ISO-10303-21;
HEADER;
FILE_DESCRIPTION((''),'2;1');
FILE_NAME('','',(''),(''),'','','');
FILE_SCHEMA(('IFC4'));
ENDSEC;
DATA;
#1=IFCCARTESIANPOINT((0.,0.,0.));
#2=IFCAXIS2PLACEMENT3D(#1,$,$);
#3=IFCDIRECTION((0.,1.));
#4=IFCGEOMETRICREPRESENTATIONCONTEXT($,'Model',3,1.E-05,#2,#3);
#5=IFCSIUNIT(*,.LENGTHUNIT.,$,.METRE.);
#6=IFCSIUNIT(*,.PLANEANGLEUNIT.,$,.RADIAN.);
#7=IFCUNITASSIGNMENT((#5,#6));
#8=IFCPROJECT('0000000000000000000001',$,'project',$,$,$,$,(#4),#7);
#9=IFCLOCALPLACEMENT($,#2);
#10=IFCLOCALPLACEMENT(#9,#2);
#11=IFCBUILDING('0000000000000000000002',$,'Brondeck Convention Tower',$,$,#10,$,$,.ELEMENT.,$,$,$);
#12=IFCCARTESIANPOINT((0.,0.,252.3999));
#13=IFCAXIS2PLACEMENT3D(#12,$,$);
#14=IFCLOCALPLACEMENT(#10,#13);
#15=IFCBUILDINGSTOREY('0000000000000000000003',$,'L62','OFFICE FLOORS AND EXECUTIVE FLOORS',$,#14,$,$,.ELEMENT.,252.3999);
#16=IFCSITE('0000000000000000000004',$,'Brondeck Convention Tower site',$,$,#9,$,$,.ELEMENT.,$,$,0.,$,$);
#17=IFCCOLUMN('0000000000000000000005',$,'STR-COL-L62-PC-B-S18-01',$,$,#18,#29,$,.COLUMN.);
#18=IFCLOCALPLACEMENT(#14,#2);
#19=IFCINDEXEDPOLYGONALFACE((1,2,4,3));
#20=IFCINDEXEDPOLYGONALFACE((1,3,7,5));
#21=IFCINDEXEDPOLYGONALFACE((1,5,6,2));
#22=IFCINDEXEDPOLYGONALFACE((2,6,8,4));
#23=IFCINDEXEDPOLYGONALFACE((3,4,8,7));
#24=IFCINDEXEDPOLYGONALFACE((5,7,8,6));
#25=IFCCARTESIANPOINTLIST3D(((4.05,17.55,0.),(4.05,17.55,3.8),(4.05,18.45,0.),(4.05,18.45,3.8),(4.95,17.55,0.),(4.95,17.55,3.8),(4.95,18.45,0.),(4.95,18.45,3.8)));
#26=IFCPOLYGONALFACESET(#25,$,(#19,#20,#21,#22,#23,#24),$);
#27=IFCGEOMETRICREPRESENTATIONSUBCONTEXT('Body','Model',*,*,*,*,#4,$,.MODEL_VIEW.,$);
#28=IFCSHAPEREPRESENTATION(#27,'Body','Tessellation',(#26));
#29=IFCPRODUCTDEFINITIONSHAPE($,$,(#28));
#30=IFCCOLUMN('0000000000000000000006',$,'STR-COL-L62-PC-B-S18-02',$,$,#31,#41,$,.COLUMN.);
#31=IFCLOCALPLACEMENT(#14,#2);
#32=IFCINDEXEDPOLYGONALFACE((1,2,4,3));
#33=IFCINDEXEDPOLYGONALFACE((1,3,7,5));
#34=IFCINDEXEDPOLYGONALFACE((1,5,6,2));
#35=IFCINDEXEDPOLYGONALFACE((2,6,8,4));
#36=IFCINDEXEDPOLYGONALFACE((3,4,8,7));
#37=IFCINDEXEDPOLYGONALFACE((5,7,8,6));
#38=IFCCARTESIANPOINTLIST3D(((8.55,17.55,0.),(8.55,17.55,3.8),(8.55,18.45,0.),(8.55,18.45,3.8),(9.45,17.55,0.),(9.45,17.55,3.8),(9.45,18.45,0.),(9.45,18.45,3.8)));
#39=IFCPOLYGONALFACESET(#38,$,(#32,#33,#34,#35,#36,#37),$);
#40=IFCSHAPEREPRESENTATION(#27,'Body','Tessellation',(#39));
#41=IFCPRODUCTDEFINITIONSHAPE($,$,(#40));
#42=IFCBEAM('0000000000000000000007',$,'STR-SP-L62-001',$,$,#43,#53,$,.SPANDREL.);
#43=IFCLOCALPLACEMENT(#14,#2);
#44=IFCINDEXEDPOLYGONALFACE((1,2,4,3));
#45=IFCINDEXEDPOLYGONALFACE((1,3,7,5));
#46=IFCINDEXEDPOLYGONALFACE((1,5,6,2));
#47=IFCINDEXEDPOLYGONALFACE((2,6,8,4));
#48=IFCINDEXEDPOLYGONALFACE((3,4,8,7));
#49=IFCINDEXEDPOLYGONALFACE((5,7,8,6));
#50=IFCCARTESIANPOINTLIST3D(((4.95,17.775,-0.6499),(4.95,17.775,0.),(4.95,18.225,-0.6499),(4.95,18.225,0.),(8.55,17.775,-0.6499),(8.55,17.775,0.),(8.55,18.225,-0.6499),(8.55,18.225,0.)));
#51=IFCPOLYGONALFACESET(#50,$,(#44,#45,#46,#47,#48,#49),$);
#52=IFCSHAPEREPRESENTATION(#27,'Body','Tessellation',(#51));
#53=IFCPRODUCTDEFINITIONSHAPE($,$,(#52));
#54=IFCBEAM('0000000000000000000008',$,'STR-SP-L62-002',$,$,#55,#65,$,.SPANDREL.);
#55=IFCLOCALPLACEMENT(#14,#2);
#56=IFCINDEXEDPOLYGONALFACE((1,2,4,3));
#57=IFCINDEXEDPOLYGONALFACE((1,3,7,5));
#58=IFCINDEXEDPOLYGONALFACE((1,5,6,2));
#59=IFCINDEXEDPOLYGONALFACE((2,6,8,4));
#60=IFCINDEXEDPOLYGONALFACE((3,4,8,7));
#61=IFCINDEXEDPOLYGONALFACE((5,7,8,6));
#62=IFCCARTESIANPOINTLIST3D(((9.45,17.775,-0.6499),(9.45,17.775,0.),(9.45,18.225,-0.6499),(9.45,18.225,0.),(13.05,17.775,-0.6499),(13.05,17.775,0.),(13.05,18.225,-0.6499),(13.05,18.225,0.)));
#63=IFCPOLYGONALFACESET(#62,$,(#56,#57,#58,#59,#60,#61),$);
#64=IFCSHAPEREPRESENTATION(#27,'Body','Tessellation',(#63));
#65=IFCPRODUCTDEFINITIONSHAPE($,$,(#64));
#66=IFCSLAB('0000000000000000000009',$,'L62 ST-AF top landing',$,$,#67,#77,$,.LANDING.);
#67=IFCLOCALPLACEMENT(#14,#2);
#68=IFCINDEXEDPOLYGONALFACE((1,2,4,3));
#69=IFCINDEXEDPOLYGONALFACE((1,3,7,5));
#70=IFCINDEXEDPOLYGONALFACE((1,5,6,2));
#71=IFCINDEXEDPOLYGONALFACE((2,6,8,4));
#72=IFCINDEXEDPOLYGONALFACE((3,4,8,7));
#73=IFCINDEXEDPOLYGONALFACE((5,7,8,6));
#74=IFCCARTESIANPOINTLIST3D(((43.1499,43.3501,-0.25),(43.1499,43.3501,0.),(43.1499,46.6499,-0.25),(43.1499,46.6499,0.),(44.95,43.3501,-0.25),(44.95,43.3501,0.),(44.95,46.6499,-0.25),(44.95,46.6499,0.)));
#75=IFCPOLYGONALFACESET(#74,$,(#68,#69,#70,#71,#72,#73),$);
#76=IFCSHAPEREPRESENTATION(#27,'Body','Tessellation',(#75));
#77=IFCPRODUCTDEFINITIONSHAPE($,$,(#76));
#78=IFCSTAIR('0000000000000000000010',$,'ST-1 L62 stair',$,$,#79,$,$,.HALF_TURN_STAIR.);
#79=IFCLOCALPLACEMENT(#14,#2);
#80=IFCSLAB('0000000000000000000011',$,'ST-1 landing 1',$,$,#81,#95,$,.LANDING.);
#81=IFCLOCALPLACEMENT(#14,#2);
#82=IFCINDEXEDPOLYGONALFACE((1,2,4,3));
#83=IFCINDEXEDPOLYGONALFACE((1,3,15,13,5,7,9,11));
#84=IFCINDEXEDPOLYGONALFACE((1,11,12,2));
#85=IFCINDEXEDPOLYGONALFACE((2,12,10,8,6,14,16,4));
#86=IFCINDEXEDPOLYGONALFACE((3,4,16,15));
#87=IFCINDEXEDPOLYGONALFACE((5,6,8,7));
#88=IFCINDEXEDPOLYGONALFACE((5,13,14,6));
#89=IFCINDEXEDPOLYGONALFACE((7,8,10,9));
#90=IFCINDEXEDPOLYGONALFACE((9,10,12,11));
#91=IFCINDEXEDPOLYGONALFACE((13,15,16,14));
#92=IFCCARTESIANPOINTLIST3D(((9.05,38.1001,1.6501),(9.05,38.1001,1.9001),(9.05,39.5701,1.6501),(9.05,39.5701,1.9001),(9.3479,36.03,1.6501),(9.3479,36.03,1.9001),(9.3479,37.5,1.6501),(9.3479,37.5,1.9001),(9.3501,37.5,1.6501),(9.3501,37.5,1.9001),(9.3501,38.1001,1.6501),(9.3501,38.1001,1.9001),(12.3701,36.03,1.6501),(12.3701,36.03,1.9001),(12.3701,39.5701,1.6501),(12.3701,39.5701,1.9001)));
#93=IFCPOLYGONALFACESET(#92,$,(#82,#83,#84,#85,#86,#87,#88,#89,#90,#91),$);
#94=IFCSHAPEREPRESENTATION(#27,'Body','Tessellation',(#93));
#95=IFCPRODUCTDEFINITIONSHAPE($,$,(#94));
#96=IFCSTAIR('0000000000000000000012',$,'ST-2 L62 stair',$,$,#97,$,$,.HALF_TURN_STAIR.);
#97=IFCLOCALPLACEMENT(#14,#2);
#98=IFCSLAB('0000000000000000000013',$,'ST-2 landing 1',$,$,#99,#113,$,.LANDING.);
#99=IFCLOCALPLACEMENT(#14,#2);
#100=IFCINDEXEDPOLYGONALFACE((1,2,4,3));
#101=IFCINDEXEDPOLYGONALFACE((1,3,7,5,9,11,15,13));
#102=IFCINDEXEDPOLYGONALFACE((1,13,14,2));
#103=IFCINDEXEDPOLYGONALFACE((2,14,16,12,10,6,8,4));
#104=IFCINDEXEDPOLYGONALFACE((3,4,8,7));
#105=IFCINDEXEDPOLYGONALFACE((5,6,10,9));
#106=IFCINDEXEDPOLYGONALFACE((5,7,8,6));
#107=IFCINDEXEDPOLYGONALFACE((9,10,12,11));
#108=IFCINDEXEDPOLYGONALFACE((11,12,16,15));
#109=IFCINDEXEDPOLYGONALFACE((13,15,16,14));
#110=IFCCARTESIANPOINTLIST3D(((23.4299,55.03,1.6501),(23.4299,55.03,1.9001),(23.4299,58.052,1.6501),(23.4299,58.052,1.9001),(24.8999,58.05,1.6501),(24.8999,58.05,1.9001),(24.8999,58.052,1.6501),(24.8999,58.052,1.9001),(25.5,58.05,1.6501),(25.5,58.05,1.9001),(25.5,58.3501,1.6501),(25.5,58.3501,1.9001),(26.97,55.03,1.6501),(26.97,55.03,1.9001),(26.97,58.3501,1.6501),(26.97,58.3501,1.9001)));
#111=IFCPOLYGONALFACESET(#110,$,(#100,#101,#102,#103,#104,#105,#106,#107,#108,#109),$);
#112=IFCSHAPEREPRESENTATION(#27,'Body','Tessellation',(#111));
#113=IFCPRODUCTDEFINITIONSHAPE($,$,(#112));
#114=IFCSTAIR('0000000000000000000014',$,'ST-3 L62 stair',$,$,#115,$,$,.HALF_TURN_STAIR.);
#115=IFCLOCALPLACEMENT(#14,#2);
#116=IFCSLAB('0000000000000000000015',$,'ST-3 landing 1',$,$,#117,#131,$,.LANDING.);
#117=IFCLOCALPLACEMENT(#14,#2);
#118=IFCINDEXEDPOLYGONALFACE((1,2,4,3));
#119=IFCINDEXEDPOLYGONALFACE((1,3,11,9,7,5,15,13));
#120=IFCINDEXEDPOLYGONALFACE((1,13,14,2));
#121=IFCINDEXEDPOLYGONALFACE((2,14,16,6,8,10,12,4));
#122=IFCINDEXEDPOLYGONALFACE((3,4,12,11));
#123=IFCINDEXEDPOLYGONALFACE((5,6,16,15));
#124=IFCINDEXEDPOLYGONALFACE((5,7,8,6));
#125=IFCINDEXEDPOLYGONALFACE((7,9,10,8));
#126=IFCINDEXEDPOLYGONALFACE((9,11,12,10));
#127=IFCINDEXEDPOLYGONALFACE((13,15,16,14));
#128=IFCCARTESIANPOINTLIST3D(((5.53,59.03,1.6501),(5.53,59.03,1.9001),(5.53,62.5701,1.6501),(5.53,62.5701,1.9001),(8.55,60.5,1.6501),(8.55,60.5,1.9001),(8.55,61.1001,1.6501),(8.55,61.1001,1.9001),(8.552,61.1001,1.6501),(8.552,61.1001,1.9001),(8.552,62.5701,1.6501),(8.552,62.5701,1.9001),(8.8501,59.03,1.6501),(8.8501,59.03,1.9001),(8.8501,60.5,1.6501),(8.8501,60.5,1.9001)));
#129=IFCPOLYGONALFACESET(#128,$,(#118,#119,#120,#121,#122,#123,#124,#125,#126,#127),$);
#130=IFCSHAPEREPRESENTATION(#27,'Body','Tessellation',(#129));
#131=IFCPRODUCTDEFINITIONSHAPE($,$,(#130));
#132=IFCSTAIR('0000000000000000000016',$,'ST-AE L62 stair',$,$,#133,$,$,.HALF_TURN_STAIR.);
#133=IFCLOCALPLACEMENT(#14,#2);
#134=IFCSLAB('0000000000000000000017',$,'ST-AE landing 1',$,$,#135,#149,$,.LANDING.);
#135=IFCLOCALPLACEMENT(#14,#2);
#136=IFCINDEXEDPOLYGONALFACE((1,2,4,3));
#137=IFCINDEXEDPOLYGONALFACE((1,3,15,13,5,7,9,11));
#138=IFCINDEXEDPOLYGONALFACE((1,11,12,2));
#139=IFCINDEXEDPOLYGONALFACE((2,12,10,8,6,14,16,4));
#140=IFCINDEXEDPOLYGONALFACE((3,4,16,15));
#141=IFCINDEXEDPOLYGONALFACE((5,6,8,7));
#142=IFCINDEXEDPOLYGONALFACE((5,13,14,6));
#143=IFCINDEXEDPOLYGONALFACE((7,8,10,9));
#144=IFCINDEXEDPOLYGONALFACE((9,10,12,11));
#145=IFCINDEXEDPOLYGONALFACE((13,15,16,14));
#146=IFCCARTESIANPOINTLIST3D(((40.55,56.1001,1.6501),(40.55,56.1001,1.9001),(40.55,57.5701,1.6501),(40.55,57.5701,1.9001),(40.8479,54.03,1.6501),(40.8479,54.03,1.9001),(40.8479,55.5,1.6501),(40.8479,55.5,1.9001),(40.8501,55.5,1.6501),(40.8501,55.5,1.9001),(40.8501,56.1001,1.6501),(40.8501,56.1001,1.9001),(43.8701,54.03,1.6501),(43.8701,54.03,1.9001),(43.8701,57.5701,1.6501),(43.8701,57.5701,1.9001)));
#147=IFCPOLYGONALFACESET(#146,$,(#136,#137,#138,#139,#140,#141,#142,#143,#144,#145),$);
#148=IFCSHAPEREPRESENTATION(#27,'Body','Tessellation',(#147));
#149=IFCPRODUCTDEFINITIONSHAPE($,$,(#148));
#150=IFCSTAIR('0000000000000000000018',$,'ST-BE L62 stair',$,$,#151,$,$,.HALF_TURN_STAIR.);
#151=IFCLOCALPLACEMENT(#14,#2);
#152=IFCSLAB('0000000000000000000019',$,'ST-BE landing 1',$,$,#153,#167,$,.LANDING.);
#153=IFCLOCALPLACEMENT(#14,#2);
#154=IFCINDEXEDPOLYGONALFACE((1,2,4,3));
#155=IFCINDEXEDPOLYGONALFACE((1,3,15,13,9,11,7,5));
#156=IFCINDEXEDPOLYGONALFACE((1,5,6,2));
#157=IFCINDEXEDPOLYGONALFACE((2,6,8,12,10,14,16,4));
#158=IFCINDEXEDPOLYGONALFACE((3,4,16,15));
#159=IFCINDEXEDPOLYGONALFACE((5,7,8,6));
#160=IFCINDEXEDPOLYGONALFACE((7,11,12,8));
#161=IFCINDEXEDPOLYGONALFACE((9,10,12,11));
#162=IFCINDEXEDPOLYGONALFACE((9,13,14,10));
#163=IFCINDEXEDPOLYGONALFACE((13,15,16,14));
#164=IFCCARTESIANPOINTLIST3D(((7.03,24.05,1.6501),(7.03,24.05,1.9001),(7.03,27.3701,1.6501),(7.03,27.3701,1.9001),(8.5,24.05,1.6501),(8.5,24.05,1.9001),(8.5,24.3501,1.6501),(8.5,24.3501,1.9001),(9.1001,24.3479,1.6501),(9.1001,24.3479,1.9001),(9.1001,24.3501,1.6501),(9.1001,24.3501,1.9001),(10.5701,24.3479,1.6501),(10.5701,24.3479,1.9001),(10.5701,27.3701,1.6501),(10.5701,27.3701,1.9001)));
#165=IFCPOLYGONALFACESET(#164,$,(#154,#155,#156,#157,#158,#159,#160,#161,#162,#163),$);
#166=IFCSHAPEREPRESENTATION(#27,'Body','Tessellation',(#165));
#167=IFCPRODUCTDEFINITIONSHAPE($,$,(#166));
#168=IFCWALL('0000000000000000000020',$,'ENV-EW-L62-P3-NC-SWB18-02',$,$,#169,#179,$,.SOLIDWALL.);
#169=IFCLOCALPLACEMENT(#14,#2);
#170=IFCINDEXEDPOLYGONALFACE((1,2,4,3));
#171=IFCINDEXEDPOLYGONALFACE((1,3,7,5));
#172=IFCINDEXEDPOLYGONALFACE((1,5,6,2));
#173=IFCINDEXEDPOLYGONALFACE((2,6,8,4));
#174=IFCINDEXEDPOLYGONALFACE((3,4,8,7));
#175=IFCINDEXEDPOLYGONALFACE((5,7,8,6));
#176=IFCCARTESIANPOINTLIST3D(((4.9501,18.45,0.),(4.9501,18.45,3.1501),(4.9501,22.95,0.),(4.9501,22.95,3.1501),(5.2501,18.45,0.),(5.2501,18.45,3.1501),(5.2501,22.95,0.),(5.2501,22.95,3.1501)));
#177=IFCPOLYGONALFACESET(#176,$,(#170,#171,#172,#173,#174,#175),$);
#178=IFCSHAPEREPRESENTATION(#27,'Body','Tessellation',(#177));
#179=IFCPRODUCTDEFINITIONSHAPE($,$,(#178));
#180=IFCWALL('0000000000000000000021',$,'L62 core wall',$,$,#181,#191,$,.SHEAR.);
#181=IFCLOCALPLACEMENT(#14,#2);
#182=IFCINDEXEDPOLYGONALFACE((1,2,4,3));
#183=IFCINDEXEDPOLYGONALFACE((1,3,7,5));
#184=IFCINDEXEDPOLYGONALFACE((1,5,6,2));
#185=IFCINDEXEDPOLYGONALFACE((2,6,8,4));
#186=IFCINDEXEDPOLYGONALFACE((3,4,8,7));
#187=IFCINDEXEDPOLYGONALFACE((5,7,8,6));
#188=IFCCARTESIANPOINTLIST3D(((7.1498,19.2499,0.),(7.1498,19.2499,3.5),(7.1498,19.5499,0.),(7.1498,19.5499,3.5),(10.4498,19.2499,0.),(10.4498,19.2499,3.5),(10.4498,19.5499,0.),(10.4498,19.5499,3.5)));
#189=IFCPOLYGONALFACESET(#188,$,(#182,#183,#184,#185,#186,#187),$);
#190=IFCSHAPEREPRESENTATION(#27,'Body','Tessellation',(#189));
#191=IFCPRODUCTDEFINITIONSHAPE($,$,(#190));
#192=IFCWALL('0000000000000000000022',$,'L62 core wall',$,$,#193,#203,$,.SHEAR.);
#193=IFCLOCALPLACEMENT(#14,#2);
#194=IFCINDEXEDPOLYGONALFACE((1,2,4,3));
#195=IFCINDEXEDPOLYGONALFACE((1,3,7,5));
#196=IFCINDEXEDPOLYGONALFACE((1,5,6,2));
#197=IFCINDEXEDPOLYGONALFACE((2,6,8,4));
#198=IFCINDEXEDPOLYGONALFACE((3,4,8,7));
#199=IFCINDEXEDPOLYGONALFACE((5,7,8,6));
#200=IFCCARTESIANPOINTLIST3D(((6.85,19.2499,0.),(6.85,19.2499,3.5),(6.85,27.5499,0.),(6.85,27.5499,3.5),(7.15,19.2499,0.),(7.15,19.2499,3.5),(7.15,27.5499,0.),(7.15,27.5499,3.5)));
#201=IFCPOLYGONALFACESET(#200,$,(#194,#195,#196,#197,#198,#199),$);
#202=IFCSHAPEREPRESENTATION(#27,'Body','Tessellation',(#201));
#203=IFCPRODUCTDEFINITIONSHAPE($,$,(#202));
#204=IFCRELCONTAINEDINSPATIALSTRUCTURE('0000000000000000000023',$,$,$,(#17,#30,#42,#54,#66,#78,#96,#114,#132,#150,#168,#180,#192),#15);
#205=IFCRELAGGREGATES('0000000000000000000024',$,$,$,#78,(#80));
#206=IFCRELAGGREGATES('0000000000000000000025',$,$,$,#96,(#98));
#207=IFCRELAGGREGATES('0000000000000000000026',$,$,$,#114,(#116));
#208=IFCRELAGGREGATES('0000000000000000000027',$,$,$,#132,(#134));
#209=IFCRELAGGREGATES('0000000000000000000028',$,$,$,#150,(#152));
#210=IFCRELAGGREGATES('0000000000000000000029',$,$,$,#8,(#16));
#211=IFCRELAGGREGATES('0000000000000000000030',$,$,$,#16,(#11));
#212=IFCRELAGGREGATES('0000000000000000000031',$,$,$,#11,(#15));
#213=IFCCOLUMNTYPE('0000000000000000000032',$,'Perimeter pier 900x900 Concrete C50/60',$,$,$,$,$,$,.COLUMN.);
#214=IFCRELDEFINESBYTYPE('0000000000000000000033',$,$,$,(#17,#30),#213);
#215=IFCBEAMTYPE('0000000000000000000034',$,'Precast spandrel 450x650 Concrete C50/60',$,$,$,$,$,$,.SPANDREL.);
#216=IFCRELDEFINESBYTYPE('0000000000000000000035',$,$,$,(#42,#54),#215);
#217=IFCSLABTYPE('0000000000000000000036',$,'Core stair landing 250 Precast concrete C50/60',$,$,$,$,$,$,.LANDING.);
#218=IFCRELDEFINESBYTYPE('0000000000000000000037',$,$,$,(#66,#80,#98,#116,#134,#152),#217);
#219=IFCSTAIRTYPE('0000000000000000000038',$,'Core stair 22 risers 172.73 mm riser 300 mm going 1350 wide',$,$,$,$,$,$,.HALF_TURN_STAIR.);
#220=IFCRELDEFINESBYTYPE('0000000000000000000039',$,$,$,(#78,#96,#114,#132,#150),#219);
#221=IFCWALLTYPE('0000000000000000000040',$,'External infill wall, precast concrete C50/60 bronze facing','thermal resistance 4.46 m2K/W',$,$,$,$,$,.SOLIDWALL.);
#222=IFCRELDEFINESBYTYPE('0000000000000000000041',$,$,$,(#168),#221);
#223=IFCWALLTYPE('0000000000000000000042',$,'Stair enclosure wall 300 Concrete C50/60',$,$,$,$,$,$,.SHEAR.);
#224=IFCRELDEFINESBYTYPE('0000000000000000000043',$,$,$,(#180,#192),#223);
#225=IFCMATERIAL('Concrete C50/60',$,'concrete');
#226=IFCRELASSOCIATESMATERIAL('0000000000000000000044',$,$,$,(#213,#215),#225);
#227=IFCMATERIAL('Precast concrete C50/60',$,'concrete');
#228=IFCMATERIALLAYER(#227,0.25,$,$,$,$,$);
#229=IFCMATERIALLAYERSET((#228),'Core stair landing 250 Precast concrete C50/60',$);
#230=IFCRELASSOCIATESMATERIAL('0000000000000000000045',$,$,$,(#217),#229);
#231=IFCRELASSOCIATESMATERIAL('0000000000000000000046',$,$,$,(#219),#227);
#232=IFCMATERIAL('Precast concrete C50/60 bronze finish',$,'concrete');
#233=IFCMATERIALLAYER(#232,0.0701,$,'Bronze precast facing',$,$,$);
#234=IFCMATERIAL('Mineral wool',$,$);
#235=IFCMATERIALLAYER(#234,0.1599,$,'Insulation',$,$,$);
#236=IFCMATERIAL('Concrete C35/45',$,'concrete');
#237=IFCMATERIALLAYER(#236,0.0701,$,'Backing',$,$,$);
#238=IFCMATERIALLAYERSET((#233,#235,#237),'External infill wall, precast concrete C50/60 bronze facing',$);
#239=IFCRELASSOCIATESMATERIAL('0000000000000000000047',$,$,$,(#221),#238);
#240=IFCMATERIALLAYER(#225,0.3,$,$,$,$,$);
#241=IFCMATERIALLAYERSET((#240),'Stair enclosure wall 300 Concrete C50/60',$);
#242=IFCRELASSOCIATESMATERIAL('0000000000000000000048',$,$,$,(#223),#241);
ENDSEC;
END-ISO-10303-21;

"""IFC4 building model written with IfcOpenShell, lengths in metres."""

from ifc_helpers import new_model, si_unit, direction, frame, frame_2d, origin, origin_2d, place, context, subcontext, project, spatial, polyline, rectangle, outline, extrude, material, layer, layer_set, material_profile, profile_set, type_object, element, aggregate, save


model = new_model("IFC4")

# Units and contexts
model_context = context("Model", 3, precision=1e-05, world=origin(), true_north=direction((0.0, 1.0)))
body_context = subcontext(model_context, "Body", "Model", "MODEL_VIEW")
ifc_project = project(units=[si_unit("LENGTHUNIT", "METRE"), si_unit("PLANEANGLEUNIT", "RADIAN")], contexts=[model_context])

# Site, building, storey
site_placement = place(None, origin())
site = spatial("IfcSite", under=ifc_project, at=site_placement, Name="Brondeck Convention Tower site", CompositionType="ELEMENT", RefElevation=0.0)
building_placement = place(site_placement, origin())
building = spatial("IfcBuilding", under=site, at=building_placement, Name="Brondeck Convention Tower", CompositionType="ELEMENT")
storey_placement = place(building_placement, frame((0.0, 0.0, 252.3999)))
storey = spatial("IfcBuildingStorey", under=building, at=storey_placement, Name="L62", Description="OFFICE FLOORS AND EXECUTIVE FLOORS", CompositionType="ELEMENT", Elevation=252.3999)

# Columns
ifc_material_1 = material(Name="Concrete C50/60", Category="concrete")
ifc_material_profile_1 = material_profile(ifc_material_1, rectangle(XDim=0.8999, YDim=0.8999, at=origin_2d()), Name="Perimeter pier 900x900 Concrete C50/60")
ifc_profile_set_1 = profile_set([ifc_material_profile_1], Name="Concrete C50/60")
column_type = type_object("IfcColumnType", Name="Perimeter pier 900x900 Concrete C50/60", PredefinedType="COLUMN", material=ifc_profile_set_1)
for number, where, z_axis, x_axis, name in (
    (1, (4.5, 18.0, 0.0), (0.0, 0.0, 1.0), (1.0, 0.0, 0.0), "STR-COL-L62-PC-B-S18-01"),
    (2, (9.0, 18.0, 0.0), (0.0, 0.0, 1.0), (1.0, 0.0, 0.0), "STR-COL-L62-PC-B-S18-02"),
):
    element("IfcColumn", number, at=place(storey_placement, frame(where, z_axis=z_axis, x_axis=x_axis)), inside=storey, type_object=column_type, Name=name, PredefinedType="COLUMN", context=body_context, shape_type="SweptSolid", body=[
        extrude(rectangle(XDim=0.8999, YDim=0.8999, at=origin_2d()), origin(), (0.0, 0.0, 1.0), 3.8),
    ])

# Beams
ifc_material_profile_2 = material_profile(ifc_material_1, rectangle(XDim=0.45, YDim=0.6499, at=origin_2d()), Name="Precast spandrel 450x650 Concrete C50/60")
ifc_profile_set_2 = profile_set([ifc_material_profile_2], Name="Concrete C50/60")
beam_type = type_object("IfcBeamType", Name="Precast spandrel 450x650 Concrete C50/60", PredefinedType="SPANDREL", material=ifc_profile_set_2)
for number, where, z_axis, x_axis, name in (
    (3, (4.95, 18.0, -0.325), (1.0, 0.0, 0.0), (0.0, 1.0, 0.0), "STR-SP-L62-001"),
    (4, (9.45, 18.0, -0.325), (1.0, 0.0, 0.0), (0.0, 1.0, 0.0), "STR-SP-L62-002"),
):
    element("IfcBeam", number, at=place(storey_placement, frame(where, z_axis=z_axis, x_axis=x_axis)), inside=storey, type_object=beam_type, Name=name, PredefinedType="SPANDREL", context=body_context, shape_type="SweptSolid", body=[
        extrude(rectangle(XDim=0.45, YDim=0.6499, at=origin_2d()), origin(), (0.0, 0.0, 1.0), 3.6001),
    ])

# Slab
ifc_material_2 = material(Name="Precast concrete C50/60", Category="concrete")
ifc_layer_1 = layer(ifc_material_2, 0.25)
ifc_layer_set_1 = layer_set([ifc_layer_1], Name="Core stair landing 250 Precast concrete C50/60")
slab_type = type_object("IfcSlabType", Name="Core stair landing 250 Precast concrete C50/60", PredefinedType="LANDING", material=ifc_layer_set_1)
slab_1_placement = place(storey_placement, frame((0.0, 0.0, -0.25)))
element("IfcSlab", 5, at=slab_1_placement, inside=storey, type_object=slab_type, Name="L62 ST-AF top landing", PredefinedType="LANDING", context=body_context, shape_type="SweptSolid", body=[
    extrude(outline(polyline([(43.1499, 43.3501), (44.95, 43.3501), (44.95, 46.6499), (43.1499, 46.6499), (43.1499, 43.3501)])), origin(), (0.0, 0.0, 1.0), 0.25),
])

# Stairs, slabs
stair_type = type_object("IfcStairType", Name="Core stair 22 risers 172.73 mm riser 300 mm going 1350 wide", PredefinedType="HALF_TURN_STAIR", material=ifc_material_2)
stair_1_placement = place(storey_placement, origin())
stair_1 = element("IfcStair", 6, at=stair_1_placement, inside=storey, type_object=stair_type, Name="ST-1 L62 stair", PredefinedType="HALF_TURN_STAIR")
slab_2_placement = place(storey_placement, frame((0.0, 0.0, 1.6501)))
slab_2 = element("IfcSlab", 7, at=slab_2_placement, type_object=slab_type, Name="ST-1 landing 1", PredefinedType="LANDING", context=body_context, shape_type="SweptSolid", body=[
    extrude(outline(polyline([(9.3479, 37.5), (9.3501, 37.5), (9.3501, 38.1001), (9.05, 38.1001), (9.05, 39.5701), (12.3701, 39.5701), (12.3701, 36.03), (9.3479, 36.03), (9.3479, 37.5)])), origin(), (0.0, 0.0, 1.0), 0.25),
])
aggregate(stair_1, [slab_2])
stair_2_placement = place(storey_placement, origin())
stair_2 = element("IfcStair", 8, at=stair_2_placement, inside=storey, type_object=stair_type, Name="ST-2 L62 stair", PredefinedType="HALF_TURN_STAIR")
slab_3_placement = place(storey_placement, frame((0.0, 0.0, 1.6501)))
slab_3 = element("IfcSlab", 9, at=slab_3_placement, type_object=slab_type, Name="ST-2 landing 1", PredefinedType="LANDING", context=body_context, shape_type="SweptSolid", body=[
    extrude(outline(polyline([(23.4299, 58.052), (24.8999, 58.052), (24.8999, 58.05), (25.5, 58.05), (25.5, 58.3501), (26.97, 58.3501), (26.97, 55.03), (23.4299, 55.03), (23.4299, 58.052)])), origin(), (0.0, 0.0, 1.0), 0.25),
])
aggregate(stair_2, [slab_3])
stair_3_placement = place(storey_placement, origin())
stair_3 = element("IfcStair", 10, at=stair_3_placement, inside=storey, type_object=stair_type, Name="ST-3 L62 stair", PredefinedType="HALF_TURN_STAIR")
slab_4_placement = place(storey_placement, frame((0.0, 0.0, 1.6501)))
slab_4 = element("IfcSlab", 11, at=slab_4_placement, type_object=slab_type, Name="ST-3 landing 1", PredefinedType="LANDING", context=body_context, shape_type="SweptSolid", body=[
    extrude(outline(polyline([(8.8501, 60.5), (8.8501, 59.03), (5.53, 59.03), (5.53, 62.5701), (8.552, 62.5701), (8.552, 61.1001), (8.55, 61.1001), (8.55, 60.5), (8.8501, 60.5)])), origin(), (0.0, 0.0, 1.0), 0.25),
])
aggregate(stair_3, [slab_4])
stair_4_placement = place(storey_placement, origin())
stair_4 = element("IfcStair", 12, at=stair_4_placement, inside=storey, type_object=stair_type, Name="ST-AE L62 stair", PredefinedType="HALF_TURN_STAIR")
slab_5_placement = place(storey_placement, frame((0.0, 0.0, 1.6501)))
slab_5 = element("IfcSlab", 13, at=slab_5_placement, type_object=slab_type, Name="ST-AE landing 1", PredefinedType="LANDING", context=body_context, shape_type="SweptSolid", body=[
    extrude(outline(polyline([(40.8479, 55.5), (40.8501, 55.5), (40.8501, 56.1001), (40.55, 56.1001), (40.55, 57.5701), (43.8701, 57.5701), (43.8701, 54.03), (40.8479, 54.03), (40.8479, 55.5)])), origin(), (0.0, 0.0, 1.0), 0.25),
])
aggregate(stair_4, [slab_5])
stair_5_placement = place(storey_placement, origin())
stair_5 = element("IfcStair", 14, at=stair_5_placement, inside=storey, type_object=stair_type, Name="ST-BE L62 stair", PredefinedType="HALF_TURN_STAIR")
slab_6_placement = place(storey_placement, frame((0.0, 0.0, 1.6501)))
slab_6 = element("IfcSlab", 15, at=slab_6_placement, type_object=slab_type, Name="ST-BE landing 1", PredefinedType="LANDING", context=body_context, shape_type="SweptSolid", body=[
    extrude(outline(polyline([(7.03, 24.05), (7.03, 27.3701), (10.5701, 27.3701), (10.5701, 24.3479), (9.1001, 24.3479), (9.1001, 24.3501), (8.5, 24.3501), (8.5, 24.05), (7.03, 24.05)])), origin(), (0.0, 0.0, 1.0), 0.25),
])

# Walls
ifc_material_3 = material(Name="Precast concrete C50/60 bronze finish", Category="concrete")
ifc_layer_2 = layer(ifc_material_3, 0.0701, Name="Bronze precast facing")
ifc_material_4 = material(Name="Mineral wool")
ifc_layer_3 = layer(ifc_material_4, 0.1599, Name="Insulation")
ifc_material_5 = material(Name="Concrete C35/45", Category="concrete")
ifc_layer_4 = layer(ifc_material_5, 0.0701, Name="Backing")
ifc_layer_set_2 = layer_set([ifc_layer_2, ifc_layer_3, ifc_layer_4], Name="External infill wall, precast concrete C50/60 bronze facing")
wall_type_1 = type_object("IfcWallType", Name="External infill wall, precast concrete C50/60 bronze facing", Description="thermal resistance 4.46 m2K/W", PredefinedType="SOLIDWALL", material=ifc_layer_set_2)
wall_1_placement = place(storey_placement, frame((5.1001, 18.45, 0.0), z_axis=(0.0, 0.0, 1.0), x_axis=(0.0, 1.0, 0.0)))
element("IfcWall", 16, at=wall_1_placement, inside=storey, type_object=wall_type_1, Name="ENV-EW-L62-P3-NC-SWB18-02", PredefinedType="SOLIDWALL", context=body_context, shape_type="SweptSolid", body=[
    extrude(rectangle(XDim=4.5, YDim=0.3, at=frame_2d((2.25, 0.0))), origin(), (0.0, 0.0, 1.0), 3.1501),
])
ifc_layer_5 = layer(ifc_material_1, 0.3)
ifc_layer_set_3 = layer_set([ifc_layer_5], Name="Stair enclosure wall 300 Concrete C50/60")
wall_type_2 = type_object("IfcWallType", Name="Stair enclosure wall 300 Concrete C50/60", PredefinedType="SHEAR", material=ifc_layer_set_3)
wall_2_placement = place(storey_placement, frame((7.1499, 19.3999, 0.0), z_axis=(0.0, 0.0, 1.0), x_axis=(1.0, 0.0, 0.0)))
element("IfcWall", 17, at=wall_2_placement, inside=storey, type_object=wall_type_2, Name="L62 core wall", PredefinedType="SHEAR", context=body_context, shape_type="SweptSolid", body=[
    extrude(rectangle(XDim=3.3, YDim=0.3, at=frame_2d((1.6499, 0.0))), origin(), (0.0, 0.0, 1.0), 3.5),
])
wall_3_placement = place(storey_placement, frame((7.0, 19.25, 0.0), z_axis=(0.0, 0.0, 1.0), x_axis=(0.0, 1.0, 0.0)))
element("IfcWall", 18, at=wall_3_placement, inside=storey, type_object=wall_type_2, Name="L62 core wall", PredefinedType="SHEAR", context=body_context, shape_type="SweptSolid", body=[
    extrude(rectangle(XDim=8.3, YDim=0.3, at=frame_2d((4.1499, 0.0))), origin(), (0.0, 0.0, 1.0), 3.5),
])

aggregate(stair_5, [slab_6])

save(model, "model.ifc")
